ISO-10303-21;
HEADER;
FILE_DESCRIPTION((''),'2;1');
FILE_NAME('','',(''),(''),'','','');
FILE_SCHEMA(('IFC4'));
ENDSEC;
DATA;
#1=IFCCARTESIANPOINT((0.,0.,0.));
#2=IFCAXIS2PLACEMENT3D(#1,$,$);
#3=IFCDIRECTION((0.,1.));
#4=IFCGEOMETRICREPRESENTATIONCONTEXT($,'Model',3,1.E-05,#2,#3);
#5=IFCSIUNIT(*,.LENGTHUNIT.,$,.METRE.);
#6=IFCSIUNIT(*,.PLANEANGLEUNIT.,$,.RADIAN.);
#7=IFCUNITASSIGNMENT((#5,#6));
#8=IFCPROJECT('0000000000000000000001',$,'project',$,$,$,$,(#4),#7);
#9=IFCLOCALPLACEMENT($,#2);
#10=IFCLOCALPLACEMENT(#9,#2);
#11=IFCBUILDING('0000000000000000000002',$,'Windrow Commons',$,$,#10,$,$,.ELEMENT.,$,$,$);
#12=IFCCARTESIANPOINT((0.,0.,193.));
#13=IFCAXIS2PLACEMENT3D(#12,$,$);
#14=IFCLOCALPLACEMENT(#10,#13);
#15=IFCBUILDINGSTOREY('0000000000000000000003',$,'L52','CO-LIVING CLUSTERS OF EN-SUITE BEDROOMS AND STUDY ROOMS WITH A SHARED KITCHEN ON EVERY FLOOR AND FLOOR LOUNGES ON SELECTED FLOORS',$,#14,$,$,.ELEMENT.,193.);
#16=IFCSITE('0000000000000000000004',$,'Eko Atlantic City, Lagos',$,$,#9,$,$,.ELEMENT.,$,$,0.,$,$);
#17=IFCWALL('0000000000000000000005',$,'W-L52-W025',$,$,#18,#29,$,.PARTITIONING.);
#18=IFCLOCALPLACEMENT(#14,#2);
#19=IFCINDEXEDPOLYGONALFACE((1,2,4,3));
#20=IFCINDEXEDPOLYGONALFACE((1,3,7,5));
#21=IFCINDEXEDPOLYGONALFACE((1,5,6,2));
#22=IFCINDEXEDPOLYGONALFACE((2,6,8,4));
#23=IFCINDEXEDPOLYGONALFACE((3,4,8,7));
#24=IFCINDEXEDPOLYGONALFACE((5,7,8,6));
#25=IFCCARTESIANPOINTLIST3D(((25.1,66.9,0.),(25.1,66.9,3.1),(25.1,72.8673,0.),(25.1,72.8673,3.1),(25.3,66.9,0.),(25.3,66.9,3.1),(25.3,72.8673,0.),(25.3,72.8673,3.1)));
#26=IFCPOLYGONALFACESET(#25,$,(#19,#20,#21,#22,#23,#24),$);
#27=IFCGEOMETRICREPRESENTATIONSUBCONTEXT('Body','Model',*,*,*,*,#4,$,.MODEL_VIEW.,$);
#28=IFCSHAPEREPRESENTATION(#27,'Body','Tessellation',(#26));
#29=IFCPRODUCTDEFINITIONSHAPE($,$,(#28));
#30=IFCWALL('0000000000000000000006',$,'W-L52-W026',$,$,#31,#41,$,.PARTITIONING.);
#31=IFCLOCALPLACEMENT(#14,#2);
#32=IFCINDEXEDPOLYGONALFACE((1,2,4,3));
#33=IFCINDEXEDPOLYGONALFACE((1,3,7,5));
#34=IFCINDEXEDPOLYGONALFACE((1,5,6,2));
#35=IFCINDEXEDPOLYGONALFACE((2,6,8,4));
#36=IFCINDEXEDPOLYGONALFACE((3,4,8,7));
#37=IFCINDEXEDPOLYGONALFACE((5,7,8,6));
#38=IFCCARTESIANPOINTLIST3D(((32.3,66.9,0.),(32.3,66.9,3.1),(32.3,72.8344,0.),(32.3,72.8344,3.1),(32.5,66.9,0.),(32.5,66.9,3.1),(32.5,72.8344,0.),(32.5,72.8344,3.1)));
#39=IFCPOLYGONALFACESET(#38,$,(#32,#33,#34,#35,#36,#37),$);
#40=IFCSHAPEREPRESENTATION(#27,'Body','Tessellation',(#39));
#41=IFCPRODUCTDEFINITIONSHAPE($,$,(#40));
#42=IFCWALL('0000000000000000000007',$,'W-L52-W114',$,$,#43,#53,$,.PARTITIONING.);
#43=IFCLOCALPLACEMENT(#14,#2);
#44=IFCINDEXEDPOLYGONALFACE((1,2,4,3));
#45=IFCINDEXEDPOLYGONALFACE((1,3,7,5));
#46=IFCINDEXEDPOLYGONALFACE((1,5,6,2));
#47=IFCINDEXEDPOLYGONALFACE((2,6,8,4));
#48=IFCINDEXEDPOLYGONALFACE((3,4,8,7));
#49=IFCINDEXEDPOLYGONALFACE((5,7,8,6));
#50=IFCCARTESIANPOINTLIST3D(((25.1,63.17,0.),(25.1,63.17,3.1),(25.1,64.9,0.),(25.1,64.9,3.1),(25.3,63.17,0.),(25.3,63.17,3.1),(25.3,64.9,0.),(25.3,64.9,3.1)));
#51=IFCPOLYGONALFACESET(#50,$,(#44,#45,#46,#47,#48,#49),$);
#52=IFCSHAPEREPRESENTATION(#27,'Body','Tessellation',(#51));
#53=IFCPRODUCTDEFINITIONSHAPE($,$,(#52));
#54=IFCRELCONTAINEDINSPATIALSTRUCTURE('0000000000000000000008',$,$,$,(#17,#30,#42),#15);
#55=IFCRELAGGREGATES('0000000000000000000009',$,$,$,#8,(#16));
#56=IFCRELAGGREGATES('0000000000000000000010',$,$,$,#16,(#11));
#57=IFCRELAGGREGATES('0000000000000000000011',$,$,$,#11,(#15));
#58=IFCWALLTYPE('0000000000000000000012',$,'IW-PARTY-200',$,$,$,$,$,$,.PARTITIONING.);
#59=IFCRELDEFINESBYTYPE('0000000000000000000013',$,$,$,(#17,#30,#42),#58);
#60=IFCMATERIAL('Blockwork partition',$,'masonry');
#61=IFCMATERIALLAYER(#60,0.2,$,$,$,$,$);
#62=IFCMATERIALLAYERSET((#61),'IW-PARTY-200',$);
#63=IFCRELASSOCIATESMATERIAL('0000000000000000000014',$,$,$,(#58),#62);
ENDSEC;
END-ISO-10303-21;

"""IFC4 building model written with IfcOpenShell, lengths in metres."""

from ifc_helpers import new_model, si_unit, direction, frame, frame_2d, origin, place, context, subcontext, project, spatial, rectangle, extrude, material, layer, layer_set, type_object, element, save


model = new_model("IFC4")

# Units and contexts
model_context = context("Model", 3, precision=1e-05, world=origin(), true_north=direction((0.0, 1.0)))
body_context = subcontext(model_context, "Body", "Model", "MODEL_VIEW")
ifc_project = project(units=[si_unit("LENGTHUNIT", "METRE"), si_unit("PLANEANGLEUNIT", "RADIAN")], contexts=[model_context])

# Site, building, storey
site_placement = place(None, origin())
site = spatial("IfcSite", under=ifc_project, at=site_placement, Name="Eko Atlantic City, Lagos", CompositionType="ELEMENT", RefElevation=0.0)
building_placement = place(site_placement, origin())
building = spatial("IfcBuilding", under=site, at=building_placement, Name="Windrow Commons", CompositionType="ELEMENT")
storey_placement = place(building_placement, frame((0.0, 0.0, 193.0)))
storey = spatial("IfcBuildingStorey", under=building, at=storey_placement, Name="L52", Description="CO-LIVING CLUSTERS OF EN-SUITE BEDROOMS AND STUDY ROOMS WITH A SHARED KITCHEN ON EVERY FLOOR AND FLOOR LOUNGES ON SELECTED FLOORS", CompositionType="ELEMENT", Elevation=193.0)

# Walls
ifc_material_1 = material(Name="Blockwork partition", Category="masonry")
ifc_layer_1 = layer(ifc_material_1, 0.2)
ifc_layer_set_1 = layer_set([ifc_layer_1], Name="IW-PARTY-200")
wall_type_1 = type_object("IfcWallType", Name="IW-PARTY-200", PredefinedType="PARTITIONING", material=ifc_layer_set_1)
wall_1_placement = place(storey_placement, frame((25.2, 66.9, 0.0), z_axis=(0.0, 0.0, 1.0), x_axis=(0.0, 1.0, 0.0)))
element("IfcWall", 1, at=wall_1_placement, inside=storey, type_object=wall_type_1, Name="W-L52-W025", PredefinedType="PARTITIONING", context=body_context, shape_type="SweptSolid", body=[
    extrude(rectangle(XDim=5.9673, YDim=0.2, at=frame_2d((2.9836, 0.0))), origin(), (0.0, 0.0, 1.0), 3.1),
])
wall_2_placement = place(storey_placement, frame((32.4, 66.9, 0.0), z_axis=(0.0, 0.0, 1.0), x_axis=(0.0, 1.0, 0.0)))
element("IfcWall", 2, at=wall_2_placement, inside=storey, type_object=wall_type_1, Name="W-L52-W026", PredefinedType="PARTITIONING", context=body_context, shape_type="SweptSolid", body=[
    extrude(rectangle(XDim=5.9345, YDim=0.2, at=frame_2d((2.9672, 0.0))), origin(), (0.0, 0.0, 1.0), 3.1),
])
wall_3_placement = place(storey_placement, frame((25.2, 63.17, 0.0), z_axis=(0.0, 0.0, 1.0), x_axis=(0.0, 1.0, 0.0)))
element("IfcWall", 3, at=wall_3_placement, inside=storey, type_object=wall_type_1, Name="W-L52-W114", PredefinedType="PARTITIONING", context=body_context, shape_type="SweptSolid", body=[
    extrude(rectangle(XDim=1.73, YDim=0.2, at=frame_2d((0.865, 0.0))), origin(), (0.0, 0.0, 1.0), 3.1),
])

save(model, "model.ifc")
